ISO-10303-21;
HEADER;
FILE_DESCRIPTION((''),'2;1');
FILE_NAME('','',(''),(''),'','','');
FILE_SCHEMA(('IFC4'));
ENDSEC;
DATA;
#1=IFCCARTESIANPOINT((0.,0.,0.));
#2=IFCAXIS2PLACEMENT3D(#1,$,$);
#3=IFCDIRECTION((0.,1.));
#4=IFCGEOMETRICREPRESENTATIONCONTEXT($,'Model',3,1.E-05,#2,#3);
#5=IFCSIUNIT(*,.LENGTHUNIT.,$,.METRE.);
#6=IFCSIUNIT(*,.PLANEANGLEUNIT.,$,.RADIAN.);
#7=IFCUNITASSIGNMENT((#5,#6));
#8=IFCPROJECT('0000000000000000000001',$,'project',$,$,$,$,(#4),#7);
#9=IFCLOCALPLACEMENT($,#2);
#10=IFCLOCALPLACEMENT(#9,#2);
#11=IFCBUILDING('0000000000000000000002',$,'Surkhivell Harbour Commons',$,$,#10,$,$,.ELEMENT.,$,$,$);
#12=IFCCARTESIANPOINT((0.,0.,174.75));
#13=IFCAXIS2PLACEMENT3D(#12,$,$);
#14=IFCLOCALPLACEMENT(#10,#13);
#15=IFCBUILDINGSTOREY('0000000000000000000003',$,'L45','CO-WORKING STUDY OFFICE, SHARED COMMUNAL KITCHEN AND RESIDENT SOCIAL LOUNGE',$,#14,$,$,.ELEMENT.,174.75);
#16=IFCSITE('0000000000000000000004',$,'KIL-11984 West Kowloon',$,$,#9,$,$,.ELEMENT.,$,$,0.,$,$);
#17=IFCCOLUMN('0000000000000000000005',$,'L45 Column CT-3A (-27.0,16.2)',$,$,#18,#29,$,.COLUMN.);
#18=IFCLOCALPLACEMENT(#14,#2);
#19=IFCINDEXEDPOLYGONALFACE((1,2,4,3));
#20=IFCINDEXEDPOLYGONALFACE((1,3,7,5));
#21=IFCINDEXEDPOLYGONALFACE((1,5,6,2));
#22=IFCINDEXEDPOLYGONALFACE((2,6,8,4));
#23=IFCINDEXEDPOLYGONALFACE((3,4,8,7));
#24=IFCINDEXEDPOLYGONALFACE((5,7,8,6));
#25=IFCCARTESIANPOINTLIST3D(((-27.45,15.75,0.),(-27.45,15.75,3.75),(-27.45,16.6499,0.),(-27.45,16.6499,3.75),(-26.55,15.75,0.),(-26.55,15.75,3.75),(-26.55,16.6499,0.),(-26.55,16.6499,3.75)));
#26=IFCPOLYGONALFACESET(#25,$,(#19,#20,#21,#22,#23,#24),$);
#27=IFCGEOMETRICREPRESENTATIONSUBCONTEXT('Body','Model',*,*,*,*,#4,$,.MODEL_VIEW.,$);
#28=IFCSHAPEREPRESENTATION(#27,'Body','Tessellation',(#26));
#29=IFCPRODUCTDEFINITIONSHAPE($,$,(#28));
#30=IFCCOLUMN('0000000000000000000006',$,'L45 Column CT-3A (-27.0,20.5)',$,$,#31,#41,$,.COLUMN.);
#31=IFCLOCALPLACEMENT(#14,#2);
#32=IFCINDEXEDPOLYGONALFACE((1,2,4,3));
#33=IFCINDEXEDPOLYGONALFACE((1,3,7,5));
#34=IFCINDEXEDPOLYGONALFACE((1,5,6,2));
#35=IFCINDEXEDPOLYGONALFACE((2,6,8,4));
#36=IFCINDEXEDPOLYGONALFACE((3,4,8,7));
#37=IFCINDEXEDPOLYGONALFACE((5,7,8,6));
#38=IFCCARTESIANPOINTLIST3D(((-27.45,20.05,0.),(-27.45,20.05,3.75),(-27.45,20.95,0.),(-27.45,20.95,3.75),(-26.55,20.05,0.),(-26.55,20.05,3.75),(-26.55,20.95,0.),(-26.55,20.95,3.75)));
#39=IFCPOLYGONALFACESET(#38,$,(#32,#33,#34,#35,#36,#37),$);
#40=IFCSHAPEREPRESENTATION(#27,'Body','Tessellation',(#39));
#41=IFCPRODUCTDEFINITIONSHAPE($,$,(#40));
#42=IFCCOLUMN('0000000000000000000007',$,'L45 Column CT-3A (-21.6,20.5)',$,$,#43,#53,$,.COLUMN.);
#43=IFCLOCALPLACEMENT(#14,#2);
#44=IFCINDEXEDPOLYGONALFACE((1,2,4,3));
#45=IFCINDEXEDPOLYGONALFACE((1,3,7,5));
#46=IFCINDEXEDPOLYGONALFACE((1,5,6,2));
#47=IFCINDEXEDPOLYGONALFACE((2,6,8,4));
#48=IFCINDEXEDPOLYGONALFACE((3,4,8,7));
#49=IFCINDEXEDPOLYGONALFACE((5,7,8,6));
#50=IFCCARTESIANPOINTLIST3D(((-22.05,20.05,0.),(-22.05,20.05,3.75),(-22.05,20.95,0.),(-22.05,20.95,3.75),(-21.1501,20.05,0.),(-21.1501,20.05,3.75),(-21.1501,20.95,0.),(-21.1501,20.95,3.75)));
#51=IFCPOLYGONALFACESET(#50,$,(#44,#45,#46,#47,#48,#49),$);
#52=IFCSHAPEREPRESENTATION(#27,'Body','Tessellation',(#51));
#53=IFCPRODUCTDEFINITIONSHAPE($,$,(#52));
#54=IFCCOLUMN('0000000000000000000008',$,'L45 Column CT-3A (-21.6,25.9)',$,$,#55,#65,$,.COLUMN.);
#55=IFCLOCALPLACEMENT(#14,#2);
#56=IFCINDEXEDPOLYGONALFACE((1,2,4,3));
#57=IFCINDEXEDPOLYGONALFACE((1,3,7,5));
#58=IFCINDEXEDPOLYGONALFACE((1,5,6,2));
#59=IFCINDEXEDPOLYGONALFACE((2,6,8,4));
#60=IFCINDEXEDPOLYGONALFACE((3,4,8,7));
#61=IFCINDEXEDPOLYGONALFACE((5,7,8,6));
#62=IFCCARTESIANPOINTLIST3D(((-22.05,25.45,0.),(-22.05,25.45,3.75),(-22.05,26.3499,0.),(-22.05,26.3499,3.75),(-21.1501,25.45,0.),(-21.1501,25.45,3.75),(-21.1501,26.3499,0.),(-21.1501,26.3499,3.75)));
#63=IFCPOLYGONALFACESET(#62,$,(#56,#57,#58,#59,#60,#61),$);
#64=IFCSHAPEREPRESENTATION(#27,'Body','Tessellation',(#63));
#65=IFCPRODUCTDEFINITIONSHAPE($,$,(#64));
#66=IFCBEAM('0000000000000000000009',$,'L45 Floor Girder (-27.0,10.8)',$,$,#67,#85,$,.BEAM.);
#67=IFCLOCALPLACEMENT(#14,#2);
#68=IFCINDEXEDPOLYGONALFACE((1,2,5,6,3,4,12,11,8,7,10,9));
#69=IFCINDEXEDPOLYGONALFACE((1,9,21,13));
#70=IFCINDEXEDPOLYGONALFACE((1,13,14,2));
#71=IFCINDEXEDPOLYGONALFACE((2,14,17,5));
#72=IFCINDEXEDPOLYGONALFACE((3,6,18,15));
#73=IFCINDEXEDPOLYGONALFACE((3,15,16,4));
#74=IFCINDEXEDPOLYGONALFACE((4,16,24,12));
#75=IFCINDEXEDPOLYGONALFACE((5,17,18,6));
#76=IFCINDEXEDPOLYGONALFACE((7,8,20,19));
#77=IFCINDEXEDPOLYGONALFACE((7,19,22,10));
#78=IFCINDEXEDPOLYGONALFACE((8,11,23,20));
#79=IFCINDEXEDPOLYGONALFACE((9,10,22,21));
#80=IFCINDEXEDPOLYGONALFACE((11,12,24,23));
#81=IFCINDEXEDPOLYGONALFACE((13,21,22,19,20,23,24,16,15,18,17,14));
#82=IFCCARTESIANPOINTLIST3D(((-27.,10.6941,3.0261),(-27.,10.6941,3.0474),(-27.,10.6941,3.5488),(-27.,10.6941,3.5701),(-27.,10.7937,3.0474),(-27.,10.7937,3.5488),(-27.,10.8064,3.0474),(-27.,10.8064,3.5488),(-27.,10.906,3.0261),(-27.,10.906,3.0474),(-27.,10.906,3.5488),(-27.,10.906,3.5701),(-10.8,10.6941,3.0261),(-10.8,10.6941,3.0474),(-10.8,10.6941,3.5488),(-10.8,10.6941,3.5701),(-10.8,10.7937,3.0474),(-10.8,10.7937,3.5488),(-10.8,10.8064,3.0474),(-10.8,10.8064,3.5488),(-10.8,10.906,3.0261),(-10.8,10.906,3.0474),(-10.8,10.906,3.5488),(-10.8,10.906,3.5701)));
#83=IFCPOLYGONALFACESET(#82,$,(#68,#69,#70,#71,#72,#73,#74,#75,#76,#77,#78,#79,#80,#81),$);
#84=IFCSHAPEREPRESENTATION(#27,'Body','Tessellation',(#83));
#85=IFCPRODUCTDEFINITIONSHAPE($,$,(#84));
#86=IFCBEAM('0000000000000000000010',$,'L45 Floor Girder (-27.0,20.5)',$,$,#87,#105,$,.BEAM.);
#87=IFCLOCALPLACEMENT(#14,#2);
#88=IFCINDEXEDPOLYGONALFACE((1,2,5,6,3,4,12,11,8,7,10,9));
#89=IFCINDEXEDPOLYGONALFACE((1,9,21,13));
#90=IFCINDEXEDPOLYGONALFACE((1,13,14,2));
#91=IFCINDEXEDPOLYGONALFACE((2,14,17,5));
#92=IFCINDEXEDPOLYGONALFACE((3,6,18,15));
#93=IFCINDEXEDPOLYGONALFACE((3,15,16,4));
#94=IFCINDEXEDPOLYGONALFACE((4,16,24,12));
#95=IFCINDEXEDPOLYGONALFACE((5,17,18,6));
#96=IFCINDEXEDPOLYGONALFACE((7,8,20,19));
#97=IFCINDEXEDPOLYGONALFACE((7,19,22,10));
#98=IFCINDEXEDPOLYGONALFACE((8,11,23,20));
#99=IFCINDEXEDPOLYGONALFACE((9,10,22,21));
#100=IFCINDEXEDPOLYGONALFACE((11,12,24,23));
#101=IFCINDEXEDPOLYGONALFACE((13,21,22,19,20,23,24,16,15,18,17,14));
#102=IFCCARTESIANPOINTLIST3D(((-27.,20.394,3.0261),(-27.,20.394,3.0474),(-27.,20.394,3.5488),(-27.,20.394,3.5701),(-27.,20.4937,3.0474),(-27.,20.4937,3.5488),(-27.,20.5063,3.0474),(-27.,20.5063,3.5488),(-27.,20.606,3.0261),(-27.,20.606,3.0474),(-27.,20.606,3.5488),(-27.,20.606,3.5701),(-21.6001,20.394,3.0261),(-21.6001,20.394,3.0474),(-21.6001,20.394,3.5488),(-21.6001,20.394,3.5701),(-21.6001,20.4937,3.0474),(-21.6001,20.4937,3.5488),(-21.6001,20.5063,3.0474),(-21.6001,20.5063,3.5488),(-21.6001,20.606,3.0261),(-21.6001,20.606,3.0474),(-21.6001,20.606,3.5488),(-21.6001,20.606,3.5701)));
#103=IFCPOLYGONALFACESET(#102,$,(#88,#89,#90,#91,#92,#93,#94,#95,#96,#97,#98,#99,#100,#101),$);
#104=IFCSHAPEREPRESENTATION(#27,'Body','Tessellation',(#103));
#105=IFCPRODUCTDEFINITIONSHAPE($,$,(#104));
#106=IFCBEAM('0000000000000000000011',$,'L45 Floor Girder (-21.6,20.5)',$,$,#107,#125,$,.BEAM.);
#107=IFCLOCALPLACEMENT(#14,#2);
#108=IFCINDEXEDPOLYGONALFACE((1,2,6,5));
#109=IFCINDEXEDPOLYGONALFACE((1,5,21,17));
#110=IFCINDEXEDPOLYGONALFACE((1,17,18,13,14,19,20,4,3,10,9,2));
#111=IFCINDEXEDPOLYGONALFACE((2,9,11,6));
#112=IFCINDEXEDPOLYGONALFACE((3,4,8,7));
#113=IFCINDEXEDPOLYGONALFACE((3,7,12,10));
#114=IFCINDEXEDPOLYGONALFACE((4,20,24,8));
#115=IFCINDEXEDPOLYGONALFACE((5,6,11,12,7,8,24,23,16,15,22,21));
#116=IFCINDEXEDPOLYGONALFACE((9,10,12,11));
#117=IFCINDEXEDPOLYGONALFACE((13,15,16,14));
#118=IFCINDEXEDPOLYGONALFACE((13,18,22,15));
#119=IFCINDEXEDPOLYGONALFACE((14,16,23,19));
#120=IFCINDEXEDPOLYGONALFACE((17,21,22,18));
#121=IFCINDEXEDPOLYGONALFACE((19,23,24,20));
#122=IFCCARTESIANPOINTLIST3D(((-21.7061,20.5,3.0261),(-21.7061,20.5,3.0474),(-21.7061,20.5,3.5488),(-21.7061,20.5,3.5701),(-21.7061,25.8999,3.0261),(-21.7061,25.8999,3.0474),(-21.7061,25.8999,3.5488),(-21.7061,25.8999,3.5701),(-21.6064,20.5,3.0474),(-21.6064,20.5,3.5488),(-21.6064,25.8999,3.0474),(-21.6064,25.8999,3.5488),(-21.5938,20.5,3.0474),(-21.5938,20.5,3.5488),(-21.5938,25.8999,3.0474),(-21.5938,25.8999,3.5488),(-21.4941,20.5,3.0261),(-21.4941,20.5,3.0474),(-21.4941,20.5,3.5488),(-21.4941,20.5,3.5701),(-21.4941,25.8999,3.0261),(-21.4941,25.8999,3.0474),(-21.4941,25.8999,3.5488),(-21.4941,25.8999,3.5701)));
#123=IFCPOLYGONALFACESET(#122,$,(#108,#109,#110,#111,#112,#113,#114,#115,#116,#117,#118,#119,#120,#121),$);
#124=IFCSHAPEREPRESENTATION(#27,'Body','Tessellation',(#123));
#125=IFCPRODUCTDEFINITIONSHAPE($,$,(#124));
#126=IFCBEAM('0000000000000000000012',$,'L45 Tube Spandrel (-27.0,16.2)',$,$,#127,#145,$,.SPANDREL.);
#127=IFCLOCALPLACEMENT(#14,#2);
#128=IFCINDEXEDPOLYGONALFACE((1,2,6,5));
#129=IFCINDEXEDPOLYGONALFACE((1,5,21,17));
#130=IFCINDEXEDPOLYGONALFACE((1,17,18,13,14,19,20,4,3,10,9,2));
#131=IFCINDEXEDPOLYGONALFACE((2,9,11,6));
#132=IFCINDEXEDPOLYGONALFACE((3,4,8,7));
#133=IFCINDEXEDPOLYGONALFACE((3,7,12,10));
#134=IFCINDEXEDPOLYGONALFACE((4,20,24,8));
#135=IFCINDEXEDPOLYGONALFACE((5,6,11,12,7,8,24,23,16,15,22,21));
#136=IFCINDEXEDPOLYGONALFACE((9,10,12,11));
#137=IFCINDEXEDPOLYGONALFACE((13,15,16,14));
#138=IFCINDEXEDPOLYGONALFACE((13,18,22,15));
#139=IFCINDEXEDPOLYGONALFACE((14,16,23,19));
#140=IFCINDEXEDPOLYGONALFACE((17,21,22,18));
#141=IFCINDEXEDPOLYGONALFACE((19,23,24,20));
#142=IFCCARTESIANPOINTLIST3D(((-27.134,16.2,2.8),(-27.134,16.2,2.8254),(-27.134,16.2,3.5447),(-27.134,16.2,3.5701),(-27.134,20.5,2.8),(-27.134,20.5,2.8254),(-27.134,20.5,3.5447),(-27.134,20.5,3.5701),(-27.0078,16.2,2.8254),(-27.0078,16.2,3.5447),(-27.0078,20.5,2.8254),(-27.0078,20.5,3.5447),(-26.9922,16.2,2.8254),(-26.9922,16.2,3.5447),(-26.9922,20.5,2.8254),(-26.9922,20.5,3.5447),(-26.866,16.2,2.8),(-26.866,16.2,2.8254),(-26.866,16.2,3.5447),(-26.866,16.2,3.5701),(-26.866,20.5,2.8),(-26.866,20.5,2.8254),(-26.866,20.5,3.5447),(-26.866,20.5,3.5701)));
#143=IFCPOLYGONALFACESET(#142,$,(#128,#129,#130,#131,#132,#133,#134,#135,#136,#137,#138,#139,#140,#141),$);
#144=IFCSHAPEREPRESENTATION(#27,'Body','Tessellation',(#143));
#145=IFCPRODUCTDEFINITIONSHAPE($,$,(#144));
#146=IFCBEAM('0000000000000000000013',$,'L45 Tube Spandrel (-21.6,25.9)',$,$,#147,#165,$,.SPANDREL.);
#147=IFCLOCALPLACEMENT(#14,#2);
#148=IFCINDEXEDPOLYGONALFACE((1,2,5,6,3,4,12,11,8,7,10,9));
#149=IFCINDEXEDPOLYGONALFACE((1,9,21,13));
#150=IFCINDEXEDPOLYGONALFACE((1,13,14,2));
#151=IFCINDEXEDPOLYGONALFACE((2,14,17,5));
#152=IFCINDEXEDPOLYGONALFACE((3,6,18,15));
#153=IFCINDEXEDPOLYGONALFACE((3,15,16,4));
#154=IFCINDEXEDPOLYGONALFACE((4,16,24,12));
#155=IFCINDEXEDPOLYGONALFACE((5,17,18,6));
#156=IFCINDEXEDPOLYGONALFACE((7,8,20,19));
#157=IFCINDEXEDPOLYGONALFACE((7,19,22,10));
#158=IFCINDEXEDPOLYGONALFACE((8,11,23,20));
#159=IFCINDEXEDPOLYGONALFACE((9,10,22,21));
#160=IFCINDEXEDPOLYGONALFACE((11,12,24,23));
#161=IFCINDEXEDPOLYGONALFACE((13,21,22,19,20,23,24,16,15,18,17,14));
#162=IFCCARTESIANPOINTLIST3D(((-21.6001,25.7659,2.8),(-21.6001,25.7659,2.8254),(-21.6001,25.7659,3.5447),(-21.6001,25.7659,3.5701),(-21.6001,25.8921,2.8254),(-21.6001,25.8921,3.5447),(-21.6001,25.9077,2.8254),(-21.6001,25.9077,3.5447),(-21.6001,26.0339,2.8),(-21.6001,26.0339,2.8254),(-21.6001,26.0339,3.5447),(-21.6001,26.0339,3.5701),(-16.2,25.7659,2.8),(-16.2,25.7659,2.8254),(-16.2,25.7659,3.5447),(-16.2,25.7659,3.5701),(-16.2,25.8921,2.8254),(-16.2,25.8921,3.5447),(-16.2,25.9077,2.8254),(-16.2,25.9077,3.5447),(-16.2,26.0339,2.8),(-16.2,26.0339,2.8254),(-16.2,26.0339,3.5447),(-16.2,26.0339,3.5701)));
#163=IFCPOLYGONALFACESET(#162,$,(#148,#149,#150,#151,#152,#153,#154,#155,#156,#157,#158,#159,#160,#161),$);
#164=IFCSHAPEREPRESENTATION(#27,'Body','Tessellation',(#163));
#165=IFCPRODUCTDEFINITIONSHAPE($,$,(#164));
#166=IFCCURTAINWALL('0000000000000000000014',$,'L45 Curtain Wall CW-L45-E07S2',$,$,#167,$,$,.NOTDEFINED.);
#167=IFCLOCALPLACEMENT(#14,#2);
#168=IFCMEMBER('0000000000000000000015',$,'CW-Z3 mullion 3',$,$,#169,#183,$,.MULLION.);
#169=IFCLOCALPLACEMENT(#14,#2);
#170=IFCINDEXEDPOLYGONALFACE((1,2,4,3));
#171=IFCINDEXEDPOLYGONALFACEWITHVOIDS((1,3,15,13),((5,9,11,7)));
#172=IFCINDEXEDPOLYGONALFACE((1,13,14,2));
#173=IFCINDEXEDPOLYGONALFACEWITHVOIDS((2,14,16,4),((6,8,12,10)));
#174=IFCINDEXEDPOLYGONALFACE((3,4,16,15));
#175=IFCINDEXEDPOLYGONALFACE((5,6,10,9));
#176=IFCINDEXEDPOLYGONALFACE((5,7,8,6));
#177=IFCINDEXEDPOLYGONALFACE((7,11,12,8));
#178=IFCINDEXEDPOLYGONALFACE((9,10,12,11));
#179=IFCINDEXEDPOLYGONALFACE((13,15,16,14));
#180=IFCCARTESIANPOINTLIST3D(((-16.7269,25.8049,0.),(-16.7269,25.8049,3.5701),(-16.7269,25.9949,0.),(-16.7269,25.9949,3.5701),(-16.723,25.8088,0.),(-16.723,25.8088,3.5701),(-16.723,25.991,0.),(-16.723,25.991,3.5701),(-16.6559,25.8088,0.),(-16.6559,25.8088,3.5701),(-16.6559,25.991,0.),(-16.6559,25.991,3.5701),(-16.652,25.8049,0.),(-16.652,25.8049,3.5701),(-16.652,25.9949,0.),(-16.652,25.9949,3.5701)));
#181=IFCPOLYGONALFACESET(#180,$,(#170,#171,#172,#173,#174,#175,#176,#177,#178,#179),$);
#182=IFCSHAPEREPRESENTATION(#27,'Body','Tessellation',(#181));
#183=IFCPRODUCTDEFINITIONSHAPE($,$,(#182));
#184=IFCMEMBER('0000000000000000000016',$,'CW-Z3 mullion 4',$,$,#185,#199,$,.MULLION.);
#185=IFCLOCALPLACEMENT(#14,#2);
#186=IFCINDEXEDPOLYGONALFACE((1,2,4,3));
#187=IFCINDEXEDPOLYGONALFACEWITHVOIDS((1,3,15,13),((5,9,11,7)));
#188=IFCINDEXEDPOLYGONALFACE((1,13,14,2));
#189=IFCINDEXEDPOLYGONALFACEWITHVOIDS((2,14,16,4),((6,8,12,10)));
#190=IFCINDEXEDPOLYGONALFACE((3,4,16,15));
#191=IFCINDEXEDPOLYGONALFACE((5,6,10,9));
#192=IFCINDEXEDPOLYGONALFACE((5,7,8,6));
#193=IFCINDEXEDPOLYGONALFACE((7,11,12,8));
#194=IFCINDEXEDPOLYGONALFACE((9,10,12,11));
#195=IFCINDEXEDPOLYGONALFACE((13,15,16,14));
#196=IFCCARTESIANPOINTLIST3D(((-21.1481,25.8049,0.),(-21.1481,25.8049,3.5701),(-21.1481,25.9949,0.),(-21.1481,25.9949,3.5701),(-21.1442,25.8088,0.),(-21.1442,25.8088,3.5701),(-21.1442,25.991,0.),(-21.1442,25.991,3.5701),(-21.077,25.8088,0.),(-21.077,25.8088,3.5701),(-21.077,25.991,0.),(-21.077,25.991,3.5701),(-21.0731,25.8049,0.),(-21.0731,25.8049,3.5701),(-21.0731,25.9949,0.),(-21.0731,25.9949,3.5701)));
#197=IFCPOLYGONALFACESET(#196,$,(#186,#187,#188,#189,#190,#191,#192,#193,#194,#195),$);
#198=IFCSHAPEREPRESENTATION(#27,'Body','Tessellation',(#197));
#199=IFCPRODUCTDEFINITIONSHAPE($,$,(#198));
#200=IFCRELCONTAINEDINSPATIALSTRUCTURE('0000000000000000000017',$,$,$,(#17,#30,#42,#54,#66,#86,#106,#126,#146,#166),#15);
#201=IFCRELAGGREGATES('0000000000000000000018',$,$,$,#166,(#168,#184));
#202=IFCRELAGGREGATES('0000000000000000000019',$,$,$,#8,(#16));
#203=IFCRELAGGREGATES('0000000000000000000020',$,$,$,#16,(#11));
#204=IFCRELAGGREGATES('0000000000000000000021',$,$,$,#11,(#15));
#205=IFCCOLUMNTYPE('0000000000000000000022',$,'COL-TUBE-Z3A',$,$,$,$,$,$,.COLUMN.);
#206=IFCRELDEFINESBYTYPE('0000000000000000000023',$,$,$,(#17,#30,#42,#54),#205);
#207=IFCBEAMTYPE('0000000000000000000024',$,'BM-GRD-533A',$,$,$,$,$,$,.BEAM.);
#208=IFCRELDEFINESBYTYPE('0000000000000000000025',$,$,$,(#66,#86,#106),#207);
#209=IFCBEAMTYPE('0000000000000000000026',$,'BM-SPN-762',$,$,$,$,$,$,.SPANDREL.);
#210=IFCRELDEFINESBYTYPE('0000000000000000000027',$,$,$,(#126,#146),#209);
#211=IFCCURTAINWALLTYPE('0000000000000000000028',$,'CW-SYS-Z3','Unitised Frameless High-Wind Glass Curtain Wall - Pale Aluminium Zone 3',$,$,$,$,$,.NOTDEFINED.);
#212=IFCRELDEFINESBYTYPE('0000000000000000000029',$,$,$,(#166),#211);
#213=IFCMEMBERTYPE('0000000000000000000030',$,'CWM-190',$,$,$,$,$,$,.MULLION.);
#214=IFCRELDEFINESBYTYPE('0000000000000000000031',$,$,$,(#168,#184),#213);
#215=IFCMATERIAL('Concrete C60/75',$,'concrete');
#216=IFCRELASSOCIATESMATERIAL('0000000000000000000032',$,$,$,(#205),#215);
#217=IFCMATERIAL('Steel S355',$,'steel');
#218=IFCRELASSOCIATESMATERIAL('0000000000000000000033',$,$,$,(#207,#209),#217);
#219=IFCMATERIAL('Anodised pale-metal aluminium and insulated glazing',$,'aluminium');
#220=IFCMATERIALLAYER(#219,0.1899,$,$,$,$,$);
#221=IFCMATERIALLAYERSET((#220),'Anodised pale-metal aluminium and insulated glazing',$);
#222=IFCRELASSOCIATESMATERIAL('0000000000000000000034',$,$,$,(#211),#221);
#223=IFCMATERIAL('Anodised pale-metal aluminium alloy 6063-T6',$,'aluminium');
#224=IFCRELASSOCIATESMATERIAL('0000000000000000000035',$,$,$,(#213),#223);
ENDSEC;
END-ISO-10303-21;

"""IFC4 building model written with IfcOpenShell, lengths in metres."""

from ifc_helpers import new_model, si_unit, direction, frame, origin, origin_2d, place, context, subcontext, project, spatial, rectangle, hollow_rectangle, i_section, extrude, material, layer, layer_set, material_profile, profile_set, type_object, element, aggregate, save


model = new_model("IFC4")

# Units and contexts
model_context = context("Model", 3, precision=1e-05, world=origin(), true_north=direction((0.0, 1.0)))
body_context = subcontext(model_context, "Body", "Model", "MODEL_VIEW")
ifc_project = project(units=[si_unit("LENGTHUNIT", "METRE"), si_unit("PLANEANGLEUNIT", "RADIAN")], contexts=[model_context])

# Site, building, storey
site_placement = place(None, origin())
site = spatial("IfcSite", under=ifc_project, at=site_placement, Name="KIL-11984 West Kowloon", CompositionType="ELEMENT", RefElevation=0.0)
building_placement = place(site_placement, origin())
building = spatial("IfcBuilding", under=site, at=building_placement, Name="Surkhivell Harbour Commons", CompositionType="ELEMENT")
storey_placement = place(building_placement, frame((0.0, 0.0, 174.75)))
storey = spatial("IfcBuildingStorey", under=building, at=storey_placement, Name="L45", Description="CO-WORKING STUDY OFFICE, SHARED COMMUNAL KITCHEN AND RESIDENT SOCIAL LOUNGE", CompositionType="ELEMENT", Elevation=174.75)

# Columns
ifc_material_1 = material(Name="Concrete C60/75", Category="concrete")
ifc_material_profile_1 = material_profile(ifc_material_1, rectangle(XDim=0.8999, YDim=0.8999, at=origin_2d()), Name="RC-COL-900x900")
ifc_profile_set_1 = profile_set([ifc_material_profile_1], Name="Concrete C60/75")
column_type = type_object("IfcColumnType", Name="COL-TUBE-Z3A", PredefinedType="COLUMN", material=ifc_profile_set_1)
for number, where, z_axis, x_axis, name in (
    (1, (-27.0, 16.2, 0.0), (0.0, 0.0, 1.0), (1.0, 0.0, 0.0), "L45 Column CT-3A (-27.0,16.2)"),
    (2, (-27.0, 20.5, 0.0), (0.0, 0.0, 1.0), (1.0, 0.0, 0.0), "L45 Column CT-3A (-27.0,20.5)"),
    (3, (-21.6001, 20.5, 0.0), (0.0, 0.0, 1.0), (1.0, 0.0, 0.0), "L45 Column CT-3A (-21.6,20.5)"),
    (4, (-21.6001, 25.8999, 0.0), (0.0, 0.0, 1.0), (1.0, 0.0, 0.0), "L45 Column CT-3A (-21.6,25.9)"),
):
    element("IfcColumn", number, at=place(storey_placement, frame(where, z_axis=z_axis, x_axis=x_axis)), inside=storey, type_object=column_type, Name=name, PredefinedType="COLUMN", context=body_context, shape_type="SweptSolid", body=[
        extrude(rectangle(XDim=0.8999, YDim=0.8999, at=origin_2d()), origin(), (0.0, 0.0, 1.0), 3.75),
    ])

# Beams
ifc_material_2 = material(Name="Steel S355", Category="steel")
ifc_material_profile_2 = material_profile(ifc_material_2, i_section(OverallWidth=0.2119, OverallDepth=0.5439, WebThickness=0.0127, FlangeThickness=0.0212, at=origin_2d()), Name="UB533x210x122")
ifc_profile_set_2 = profile_set([ifc_material_profile_2], Name="Steel S355")
beam_type_1 = type_object("IfcBeamType", Name="BM-GRD-533A", PredefinedType="BEAM", material=ifc_profile_set_2)
beam_1_placement = place(storey_placement, frame((-27.0, 10.8, 3.2981), z_axis=(1.0, 0.0, 0.0), x_axis=(0.0, 1.0, 0.0)))
element("IfcBeam", 5, at=beam_1_placement, inside=storey, type_object=beam_type_1, Name="L45 Floor Girder (-27.0,10.8)", PredefinedType="BEAM", context=body_context, shape_type="SweptSolid", body=[
    extrude(i_section(OverallWidth=0.2119, OverallDepth=0.5439, WebThickness=0.0127, FlangeThickness=0.0212, at=origin_2d()), origin(), (0.0, 0.0, 1.0), 16.2),
])
for number, where, z_axis, x_axis, name in (
    (6, (-27.0, 20.5, 3.2981), (1.0, 0.0, 0.0), (0.0, 1.0, 0.0), "L45 Floor Girder (-27.0,20.5)"),
    (7, (-21.6001, 20.5, 3.2981), (0.0, 1.0, 0.0), (-1.0, 0.0, 0.0), "L45 Floor Girder (-21.6,20.5)"),
):
    element("IfcBeam", number, at=place(storey_placement, frame(where, z_axis=z_axis, x_axis=x_axis)), inside=storey, type_object=beam_type_1, Name=name, PredefinedType="BEAM", context=body_context, shape_type="SweptSolid", body=[
        extrude(i_section(OverallWidth=0.2119, OverallDepth=0.5439, WebThickness=0.0127, FlangeThickness=0.0212, at=origin_2d()), origin(), (0.0, 0.0, 1.0), 5.3999),
    ])
ifc_material_profile_3 = material_profile(ifc_material_2, i_section(OverallWidth=0.2681, OverallDepth=0.77, WebThickness=0.0156, FlangeThickness=0.0254, at=origin_2d()), Name="UB762x267x197")
ifc_profile_set_3 = profile_set([ifc_material_profile_3], Name="Steel S355")
beam_type_2 = type_object("IfcBeamType", Name="BM-SPN-762", PredefinedType="SPANDREL", material=ifc_profile_set_3)
beam_2_placement = place(storey_placement, frame((-27.0, 16.2, 3.1851), z_axis=(0.0, 1.0, 0.0), x_axis=(-1.0, 0.0, 0.0)))
element("IfcBeam", 8, at=beam_2_placement, inside=storey, type_object=beam_type_2, Name="L45 Tube Spandrel (-27.0,16.2)", PredefinedType="SPANDREL", context=body_context, shape_type="SweptSolid", body=[
    extrude(i_section(OverallWidth=0.2681, OverallDepth=0.77, WebThickness=0.0156, FlangeThickness=0.0254, at=origin_2d()), origin(), (0.0, 0.0, 1.0), 4.3),
])
beam_3_placement = place(storey_placement, frame((-21.6001, 25.8999, 3.1851), z_axis=(1.0, 0.0, 0.0), x_axis=(0.0, 1.0, 0.0)))
element("IfcBeam", 9, at=beam_3_placement, inside=storey, type_object=beam_type_2, Name="L45 Tube Spandrel (-21.6,25.9)", PredefinedType="SPANDREL", context=body_context, shape_type="SweptSolid", body=[
    extrude(i_section(OverallWidth=0.2681, OverallDepth=0.77, WebThickness=0.0156, FlangeThickness=0.0254, at=origin_2d()), origin(), (0.0, 0.0, 1.0), 5.4001),
])

# Curtain wall, members
ifc_material_3 = material(Name="Anodised pale-metal aluminium and insulated glazing", Category="aluminium")
ifc_layer_1 = layer(ifc_material_3, 0.1899)
ifc_layer_set_1 = layer_set([ifc_layer_1], Name="Anodised pale-metal aluminium and insulated glazing")
curtain_wall_type = type_object("IfcCurtainWallType", Name="CW-SYS-Z3", Description="Unitised Frameless High-Wind Glass Curtain Wall - Pale Aluminium Zone 3", PredefinedType="NOTDEFINED", material=ifc_layer_set_1)
curtain_wall_1_placement = place(storey_placement, origin())
curtain_wall_1 = element("IfcCurtainWall", 10, at=curtain_wall_1_placement, inside=storey, type_object=curtain_wall_type, Name="L45 Curtain Wall CW-L45-E07S2", PredefinedType="NOTDEFINED")
ifc_material_4 = material(Name="Anodised pale-metal aluminium alloy 6063-T6", Category="aluminium")
ifc_material_profile_4 = material_profile(ifc_material_4, hollow_rectangle(XDim=0.075, YDim=0.1899, WallThickness=0.0039, at=origin_2d()), Name="ALU-MULL-75x190")
ifc_profile_set_4 = profile_set([ifc_material_profile_4], Name="Anodised pale-metal aluminium alloy 6063-T6")
member_type_1 = type_object("IfcMemberType", Name="CWM-190", PredefinedType="MULLION", material=ifc_profile_set_4)
member_1_placement = place(storey_placement, frame((-16.6895, 25.8999, 0.0), z_axis=(0.0, 0.0, 1.0), x_axis=(-1.0, 0.0, 0.0)))
member_1 = element("IfcMember", 11, at=member_1_placement, type_object=member_type_1, Name="CW-Z3 mullion 3", PredefinedType="MULLION", context=body_context, shape_type="SweptSolid", body=[
    extrude(hollow_rectangle(XDim=0.075, YDim=0.1899, WallThickness=0.0039, at=origin_2d()), origin(), (0.0, 0.0, 1.0), 3.5701),
])
member_2_placement = place(storey_placement, frame((-21.1106, 25.8999, 0.0), z_axis=(0.0, 0.0, 1.0), x_axis=(-1.0, 0.0, 0.0)))
member_2 = element("IfcMember", 12, at=member_2_placement, type_object=member_type_1, Name="CW-Z3 mullion 4", PredefinedType="MULLION", context=body_context, shape_type="SweptSolid", body=[
    extrude(hollow_rectangle(XDim=0.075, YDim=0.1899, WallThickness=0.0039, at=origin_2d()), origin(), (0.0, 0.0, 1.0), 3.5701),
])

aggregate(curtain_wall_1, [member_1, member_2])

save(model, "model.ifc")
